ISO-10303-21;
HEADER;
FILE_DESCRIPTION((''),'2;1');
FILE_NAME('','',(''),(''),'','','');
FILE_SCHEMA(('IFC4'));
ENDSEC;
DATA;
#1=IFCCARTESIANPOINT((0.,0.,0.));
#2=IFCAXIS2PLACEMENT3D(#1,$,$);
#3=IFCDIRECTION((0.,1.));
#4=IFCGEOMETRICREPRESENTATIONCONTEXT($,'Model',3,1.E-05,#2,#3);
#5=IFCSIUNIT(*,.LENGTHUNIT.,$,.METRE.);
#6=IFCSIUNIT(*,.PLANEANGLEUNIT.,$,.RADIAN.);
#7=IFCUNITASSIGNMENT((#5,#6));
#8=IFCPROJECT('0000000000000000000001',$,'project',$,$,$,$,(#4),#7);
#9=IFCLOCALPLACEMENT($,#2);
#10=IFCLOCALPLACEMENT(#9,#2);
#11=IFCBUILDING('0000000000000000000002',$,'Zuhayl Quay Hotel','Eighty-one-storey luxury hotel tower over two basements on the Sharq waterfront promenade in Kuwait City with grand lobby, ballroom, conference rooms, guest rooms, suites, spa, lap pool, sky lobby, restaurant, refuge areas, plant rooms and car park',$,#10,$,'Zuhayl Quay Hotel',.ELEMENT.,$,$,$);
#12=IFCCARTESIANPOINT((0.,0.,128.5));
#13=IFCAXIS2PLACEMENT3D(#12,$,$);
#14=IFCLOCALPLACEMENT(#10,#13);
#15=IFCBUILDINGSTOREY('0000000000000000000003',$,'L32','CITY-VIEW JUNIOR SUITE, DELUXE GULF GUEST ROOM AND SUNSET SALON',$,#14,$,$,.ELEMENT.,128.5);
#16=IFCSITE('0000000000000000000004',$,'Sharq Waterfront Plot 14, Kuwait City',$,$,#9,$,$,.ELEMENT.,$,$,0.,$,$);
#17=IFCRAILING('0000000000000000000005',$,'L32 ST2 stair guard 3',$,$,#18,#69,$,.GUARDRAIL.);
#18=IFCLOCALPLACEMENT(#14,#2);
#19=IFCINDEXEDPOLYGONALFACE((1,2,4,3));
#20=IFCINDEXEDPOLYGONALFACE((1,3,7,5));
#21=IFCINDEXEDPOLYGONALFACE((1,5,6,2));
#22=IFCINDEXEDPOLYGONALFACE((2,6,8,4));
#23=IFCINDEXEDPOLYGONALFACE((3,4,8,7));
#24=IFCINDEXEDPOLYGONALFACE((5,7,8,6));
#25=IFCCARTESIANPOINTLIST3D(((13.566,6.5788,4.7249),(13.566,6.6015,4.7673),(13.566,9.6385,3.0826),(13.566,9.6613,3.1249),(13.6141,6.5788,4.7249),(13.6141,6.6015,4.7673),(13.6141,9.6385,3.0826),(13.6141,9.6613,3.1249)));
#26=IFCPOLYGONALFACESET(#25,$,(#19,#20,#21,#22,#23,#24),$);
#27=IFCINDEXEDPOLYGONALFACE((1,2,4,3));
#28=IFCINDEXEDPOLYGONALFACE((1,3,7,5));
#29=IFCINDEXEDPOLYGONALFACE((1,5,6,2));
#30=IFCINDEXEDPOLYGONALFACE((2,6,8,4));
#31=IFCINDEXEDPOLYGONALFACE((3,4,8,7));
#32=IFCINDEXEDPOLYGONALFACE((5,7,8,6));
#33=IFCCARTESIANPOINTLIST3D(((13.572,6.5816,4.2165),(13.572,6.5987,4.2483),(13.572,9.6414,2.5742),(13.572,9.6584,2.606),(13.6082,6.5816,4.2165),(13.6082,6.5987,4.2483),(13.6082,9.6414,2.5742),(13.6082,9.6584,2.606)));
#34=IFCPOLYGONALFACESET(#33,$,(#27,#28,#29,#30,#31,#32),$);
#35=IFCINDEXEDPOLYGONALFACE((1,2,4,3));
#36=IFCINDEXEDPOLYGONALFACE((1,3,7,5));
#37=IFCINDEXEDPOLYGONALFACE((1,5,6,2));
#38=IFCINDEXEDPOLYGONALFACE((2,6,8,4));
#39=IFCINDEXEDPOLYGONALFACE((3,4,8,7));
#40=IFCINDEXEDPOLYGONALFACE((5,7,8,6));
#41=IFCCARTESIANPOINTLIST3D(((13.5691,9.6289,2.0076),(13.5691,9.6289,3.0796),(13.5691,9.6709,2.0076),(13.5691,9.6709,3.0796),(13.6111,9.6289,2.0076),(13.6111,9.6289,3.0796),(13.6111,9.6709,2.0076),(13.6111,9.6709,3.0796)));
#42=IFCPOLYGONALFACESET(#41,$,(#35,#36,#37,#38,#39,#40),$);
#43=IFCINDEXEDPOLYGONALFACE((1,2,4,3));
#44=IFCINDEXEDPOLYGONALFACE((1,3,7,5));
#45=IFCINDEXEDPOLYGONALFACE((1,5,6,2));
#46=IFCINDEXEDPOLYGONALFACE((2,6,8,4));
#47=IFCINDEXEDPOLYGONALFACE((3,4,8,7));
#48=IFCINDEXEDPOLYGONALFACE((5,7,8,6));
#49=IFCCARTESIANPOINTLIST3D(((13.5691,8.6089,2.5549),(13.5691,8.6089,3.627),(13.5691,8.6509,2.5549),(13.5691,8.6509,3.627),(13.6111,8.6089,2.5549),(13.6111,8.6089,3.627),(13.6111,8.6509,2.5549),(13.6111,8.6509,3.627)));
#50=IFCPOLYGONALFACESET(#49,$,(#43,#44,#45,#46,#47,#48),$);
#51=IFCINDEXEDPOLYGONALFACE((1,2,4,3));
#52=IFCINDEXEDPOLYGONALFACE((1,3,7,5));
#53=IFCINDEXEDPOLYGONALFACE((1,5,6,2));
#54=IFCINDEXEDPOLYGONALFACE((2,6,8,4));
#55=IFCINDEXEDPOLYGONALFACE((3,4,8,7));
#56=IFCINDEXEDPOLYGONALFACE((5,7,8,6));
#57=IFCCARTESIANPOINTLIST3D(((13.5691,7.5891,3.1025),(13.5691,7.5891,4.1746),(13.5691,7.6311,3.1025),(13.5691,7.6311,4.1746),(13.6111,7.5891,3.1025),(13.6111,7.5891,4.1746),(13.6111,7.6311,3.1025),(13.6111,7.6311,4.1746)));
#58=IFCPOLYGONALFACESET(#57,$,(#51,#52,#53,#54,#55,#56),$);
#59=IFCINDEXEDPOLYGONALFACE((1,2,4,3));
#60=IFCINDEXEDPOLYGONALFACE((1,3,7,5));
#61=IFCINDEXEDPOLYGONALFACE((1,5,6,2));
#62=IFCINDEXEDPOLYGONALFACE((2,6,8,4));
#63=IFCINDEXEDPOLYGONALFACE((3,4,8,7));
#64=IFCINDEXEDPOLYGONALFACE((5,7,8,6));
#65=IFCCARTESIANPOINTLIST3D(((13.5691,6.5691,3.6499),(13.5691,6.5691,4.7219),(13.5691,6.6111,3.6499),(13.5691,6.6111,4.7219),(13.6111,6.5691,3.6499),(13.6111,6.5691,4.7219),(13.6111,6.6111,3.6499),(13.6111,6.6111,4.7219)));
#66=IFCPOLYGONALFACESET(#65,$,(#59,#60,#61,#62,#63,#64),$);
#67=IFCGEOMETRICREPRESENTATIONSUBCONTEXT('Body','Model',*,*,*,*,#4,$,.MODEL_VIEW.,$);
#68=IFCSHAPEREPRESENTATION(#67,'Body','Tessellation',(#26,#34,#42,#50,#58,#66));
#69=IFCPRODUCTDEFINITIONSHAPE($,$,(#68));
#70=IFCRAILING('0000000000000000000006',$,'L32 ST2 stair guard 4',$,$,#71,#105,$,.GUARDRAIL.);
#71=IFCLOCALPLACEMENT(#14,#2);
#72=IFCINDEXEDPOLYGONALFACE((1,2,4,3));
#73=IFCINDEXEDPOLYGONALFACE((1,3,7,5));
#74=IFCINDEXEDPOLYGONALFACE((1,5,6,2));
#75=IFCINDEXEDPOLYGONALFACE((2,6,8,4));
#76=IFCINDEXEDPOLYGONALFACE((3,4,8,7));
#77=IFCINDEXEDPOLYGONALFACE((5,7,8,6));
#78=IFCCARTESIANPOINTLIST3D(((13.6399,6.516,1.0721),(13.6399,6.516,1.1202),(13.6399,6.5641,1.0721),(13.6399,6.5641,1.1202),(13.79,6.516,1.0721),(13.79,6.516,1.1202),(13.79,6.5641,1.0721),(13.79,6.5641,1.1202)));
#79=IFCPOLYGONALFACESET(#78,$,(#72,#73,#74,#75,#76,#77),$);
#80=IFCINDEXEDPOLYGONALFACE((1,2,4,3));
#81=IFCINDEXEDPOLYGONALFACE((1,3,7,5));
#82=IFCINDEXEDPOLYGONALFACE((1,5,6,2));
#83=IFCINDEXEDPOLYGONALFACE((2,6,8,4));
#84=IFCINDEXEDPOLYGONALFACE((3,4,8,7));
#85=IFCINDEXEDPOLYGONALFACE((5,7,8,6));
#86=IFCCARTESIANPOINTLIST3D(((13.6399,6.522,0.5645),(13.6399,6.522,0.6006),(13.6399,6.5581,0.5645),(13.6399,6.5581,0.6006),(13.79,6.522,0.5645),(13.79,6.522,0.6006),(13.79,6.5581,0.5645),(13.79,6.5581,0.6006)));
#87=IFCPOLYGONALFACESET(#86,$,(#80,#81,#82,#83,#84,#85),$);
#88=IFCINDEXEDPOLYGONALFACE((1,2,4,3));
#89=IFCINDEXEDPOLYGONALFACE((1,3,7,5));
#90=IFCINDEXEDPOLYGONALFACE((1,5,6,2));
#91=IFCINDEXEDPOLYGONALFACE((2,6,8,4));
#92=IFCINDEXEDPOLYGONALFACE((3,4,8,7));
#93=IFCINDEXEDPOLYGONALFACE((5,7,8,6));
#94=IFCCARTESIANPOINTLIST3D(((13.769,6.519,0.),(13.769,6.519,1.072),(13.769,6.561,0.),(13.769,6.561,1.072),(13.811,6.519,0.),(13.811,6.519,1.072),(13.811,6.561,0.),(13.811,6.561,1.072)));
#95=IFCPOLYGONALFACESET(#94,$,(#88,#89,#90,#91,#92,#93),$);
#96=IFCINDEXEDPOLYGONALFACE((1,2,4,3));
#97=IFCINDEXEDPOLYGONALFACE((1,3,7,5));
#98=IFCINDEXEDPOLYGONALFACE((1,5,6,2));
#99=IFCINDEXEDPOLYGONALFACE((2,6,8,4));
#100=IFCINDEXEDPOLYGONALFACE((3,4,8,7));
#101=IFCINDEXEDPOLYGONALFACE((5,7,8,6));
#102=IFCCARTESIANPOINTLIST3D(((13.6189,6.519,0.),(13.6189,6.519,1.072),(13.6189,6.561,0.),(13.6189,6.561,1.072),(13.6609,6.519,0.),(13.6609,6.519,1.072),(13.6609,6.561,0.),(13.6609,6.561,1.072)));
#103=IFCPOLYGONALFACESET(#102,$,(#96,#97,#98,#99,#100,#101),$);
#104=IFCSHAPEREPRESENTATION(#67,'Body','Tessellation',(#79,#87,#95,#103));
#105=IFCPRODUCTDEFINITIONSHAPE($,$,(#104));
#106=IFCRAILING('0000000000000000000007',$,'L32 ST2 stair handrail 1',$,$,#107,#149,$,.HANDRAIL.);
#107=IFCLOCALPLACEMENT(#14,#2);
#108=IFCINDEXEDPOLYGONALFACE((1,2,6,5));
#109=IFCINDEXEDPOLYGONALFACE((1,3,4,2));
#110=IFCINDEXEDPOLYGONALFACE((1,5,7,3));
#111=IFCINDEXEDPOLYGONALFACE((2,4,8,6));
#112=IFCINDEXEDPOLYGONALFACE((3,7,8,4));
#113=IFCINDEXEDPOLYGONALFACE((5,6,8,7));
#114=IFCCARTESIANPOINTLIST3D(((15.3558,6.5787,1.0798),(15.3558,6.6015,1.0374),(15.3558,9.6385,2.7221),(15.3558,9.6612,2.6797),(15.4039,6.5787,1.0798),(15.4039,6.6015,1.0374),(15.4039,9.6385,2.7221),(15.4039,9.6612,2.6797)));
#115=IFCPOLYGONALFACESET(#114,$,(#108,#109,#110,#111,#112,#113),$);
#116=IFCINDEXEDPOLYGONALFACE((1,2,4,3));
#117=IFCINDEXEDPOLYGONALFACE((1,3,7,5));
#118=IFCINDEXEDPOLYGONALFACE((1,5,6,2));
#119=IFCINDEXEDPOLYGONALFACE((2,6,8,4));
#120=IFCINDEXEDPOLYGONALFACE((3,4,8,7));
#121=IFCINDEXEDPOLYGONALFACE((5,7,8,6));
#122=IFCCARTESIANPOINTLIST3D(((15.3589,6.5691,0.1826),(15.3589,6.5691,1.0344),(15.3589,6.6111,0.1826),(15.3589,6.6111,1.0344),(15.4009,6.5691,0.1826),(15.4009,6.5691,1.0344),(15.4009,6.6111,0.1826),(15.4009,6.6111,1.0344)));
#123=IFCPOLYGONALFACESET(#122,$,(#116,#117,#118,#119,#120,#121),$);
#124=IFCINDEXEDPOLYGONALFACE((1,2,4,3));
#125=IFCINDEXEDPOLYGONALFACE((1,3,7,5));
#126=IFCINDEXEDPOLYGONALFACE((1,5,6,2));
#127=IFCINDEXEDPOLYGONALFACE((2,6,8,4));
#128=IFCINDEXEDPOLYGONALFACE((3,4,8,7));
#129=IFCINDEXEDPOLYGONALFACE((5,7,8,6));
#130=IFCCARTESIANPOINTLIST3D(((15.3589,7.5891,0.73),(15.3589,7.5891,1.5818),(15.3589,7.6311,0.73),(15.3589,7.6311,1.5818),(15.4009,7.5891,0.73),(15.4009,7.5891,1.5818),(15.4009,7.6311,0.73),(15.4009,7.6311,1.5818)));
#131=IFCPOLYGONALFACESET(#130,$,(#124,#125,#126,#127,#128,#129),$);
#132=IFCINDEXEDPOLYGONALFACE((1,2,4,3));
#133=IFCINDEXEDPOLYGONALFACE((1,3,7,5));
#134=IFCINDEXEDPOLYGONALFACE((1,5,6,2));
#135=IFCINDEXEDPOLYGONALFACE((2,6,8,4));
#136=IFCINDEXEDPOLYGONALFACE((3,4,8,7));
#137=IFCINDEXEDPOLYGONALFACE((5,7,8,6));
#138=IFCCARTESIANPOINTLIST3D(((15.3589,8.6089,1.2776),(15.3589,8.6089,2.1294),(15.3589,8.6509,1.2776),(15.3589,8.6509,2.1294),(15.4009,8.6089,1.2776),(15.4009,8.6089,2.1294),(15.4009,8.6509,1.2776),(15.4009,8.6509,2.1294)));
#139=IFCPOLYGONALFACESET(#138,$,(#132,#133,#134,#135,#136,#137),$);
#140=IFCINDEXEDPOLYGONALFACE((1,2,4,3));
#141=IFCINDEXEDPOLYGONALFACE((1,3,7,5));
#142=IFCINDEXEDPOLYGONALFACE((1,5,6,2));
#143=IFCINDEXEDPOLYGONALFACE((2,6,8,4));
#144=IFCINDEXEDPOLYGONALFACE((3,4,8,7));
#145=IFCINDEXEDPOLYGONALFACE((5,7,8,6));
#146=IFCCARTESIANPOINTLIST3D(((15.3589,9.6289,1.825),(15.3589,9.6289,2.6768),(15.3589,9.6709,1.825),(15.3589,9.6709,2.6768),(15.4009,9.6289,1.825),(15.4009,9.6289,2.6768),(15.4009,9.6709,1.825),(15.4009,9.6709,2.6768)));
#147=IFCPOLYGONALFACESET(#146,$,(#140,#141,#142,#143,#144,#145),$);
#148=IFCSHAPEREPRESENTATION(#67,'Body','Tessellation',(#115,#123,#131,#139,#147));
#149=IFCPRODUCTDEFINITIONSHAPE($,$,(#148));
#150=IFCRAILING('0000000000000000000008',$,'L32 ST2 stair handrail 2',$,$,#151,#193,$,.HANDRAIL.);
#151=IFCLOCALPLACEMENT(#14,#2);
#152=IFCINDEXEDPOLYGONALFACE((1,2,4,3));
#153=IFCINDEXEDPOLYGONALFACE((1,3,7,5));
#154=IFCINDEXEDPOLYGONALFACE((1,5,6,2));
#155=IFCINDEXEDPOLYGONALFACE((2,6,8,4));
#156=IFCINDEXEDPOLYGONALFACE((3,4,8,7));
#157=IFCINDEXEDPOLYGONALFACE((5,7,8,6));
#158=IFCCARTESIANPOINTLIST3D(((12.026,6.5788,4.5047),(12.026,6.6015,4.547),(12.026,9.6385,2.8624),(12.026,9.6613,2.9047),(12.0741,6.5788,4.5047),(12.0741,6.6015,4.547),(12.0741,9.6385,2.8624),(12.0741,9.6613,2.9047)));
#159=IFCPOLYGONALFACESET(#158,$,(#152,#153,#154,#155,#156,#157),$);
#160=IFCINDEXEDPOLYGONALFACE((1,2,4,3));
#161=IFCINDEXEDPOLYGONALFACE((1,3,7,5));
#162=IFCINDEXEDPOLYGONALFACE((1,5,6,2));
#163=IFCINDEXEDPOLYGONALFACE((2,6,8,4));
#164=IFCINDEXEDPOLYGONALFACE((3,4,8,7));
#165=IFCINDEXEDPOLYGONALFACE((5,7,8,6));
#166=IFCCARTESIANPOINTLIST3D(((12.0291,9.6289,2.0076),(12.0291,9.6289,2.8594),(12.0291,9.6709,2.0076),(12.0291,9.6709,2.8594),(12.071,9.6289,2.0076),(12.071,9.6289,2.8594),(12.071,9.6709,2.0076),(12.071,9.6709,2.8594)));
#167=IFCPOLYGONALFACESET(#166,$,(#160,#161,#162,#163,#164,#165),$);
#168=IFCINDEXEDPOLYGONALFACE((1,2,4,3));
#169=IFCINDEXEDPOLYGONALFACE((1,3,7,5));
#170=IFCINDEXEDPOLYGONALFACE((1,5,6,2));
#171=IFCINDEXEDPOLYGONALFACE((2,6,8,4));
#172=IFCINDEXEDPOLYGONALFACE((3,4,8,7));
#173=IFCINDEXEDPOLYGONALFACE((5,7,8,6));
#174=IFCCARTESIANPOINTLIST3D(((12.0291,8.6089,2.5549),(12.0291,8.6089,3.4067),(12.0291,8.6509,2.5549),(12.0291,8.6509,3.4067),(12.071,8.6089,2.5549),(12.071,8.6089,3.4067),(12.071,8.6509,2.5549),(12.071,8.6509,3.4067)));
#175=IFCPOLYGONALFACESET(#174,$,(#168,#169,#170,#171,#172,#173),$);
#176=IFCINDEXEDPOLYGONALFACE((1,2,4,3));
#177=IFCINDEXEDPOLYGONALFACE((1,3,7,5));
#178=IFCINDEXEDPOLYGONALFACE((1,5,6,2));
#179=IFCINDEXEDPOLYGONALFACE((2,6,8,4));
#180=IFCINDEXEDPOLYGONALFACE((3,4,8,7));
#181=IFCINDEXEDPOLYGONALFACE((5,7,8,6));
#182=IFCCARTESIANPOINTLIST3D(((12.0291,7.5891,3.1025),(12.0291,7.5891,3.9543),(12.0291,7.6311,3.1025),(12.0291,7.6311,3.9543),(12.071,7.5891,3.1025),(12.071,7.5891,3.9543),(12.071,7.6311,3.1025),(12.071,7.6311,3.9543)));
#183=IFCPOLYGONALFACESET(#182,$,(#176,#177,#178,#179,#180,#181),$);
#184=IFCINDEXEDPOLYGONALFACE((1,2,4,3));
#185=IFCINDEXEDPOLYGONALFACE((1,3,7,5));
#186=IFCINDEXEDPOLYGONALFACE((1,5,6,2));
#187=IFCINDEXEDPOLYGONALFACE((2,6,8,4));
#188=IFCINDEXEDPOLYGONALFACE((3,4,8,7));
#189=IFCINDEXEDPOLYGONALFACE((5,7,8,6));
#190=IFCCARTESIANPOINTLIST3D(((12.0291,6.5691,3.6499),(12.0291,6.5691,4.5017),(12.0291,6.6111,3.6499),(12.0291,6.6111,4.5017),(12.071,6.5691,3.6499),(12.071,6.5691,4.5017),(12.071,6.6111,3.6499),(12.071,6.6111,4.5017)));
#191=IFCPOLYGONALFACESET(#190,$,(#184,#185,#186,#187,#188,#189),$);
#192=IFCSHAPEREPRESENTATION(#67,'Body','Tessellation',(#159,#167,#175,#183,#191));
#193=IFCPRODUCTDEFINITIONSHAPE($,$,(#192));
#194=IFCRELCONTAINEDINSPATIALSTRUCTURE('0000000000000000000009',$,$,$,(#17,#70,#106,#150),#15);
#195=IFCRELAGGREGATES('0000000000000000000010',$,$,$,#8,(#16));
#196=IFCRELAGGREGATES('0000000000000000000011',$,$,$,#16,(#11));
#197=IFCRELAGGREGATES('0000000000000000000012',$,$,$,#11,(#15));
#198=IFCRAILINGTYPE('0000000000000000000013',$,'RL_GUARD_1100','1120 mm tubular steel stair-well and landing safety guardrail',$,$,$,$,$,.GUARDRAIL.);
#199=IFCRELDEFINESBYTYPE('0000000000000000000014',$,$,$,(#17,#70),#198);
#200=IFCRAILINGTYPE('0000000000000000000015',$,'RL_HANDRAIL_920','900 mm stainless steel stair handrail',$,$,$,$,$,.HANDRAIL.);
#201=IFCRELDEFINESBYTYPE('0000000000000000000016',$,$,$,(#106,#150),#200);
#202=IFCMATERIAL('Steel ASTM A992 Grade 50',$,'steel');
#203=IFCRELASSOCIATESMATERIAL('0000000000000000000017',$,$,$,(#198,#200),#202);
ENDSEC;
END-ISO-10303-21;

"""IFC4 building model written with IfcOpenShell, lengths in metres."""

from ifc_helpers import new_model, si_unit, direction, frame, origin, origin_2d, place, context, subcontext, project, spatial, rectangle, extrude, material, type_object, element, save


model = new_model("IFC4")

# Units and contexts
model_context = context("Model", 3, precision=1e-05, world=origin(), true_north=direction((0.0, 1.0)))
body_context = subcontext(model_context, "Body", "Model", "MODEL_VIEW")
ifc_project = project(units=[si_unit("LENGTHUNIT", "METRE"), si_unit("PLANEANGLEUNIT", "RADIAN")], contexts=[model_context])

# Site, building, storey
site_placement = place(None, origin())
site = spatial("IfcSite", under=ifc_project, at=site_placement, Name="Sharq Waterfront Plot 14, Kuwait City", CompositionType="ELEMENT", RefElevation=0.0)
building_placement = place(site_placement, origin())
building = spatial("IfcBuilding", under=site, at=building_placement, Name="Zuhayl Quay Hotel", Description="Eighty-one-storey luxury hotel tower over two basements on the Sharq waterfront promenade in Kuwait City with grand lobby, ballroom, conference rooms, guest rooms, suites, spa, lap pool, sky lobby, restaurant, refuge areas, plant rooms and car park", LongName="Zuhayl Quay Hotel", CompositionType="ELEMENT")
storey_placement = place(building_placement, frame((0.0, 0.0, 128.5)))
storey = spatial("IfcBuildingStorey", under=building, at=storey_placement, Name="L32", Description="CITY-VIEW JUNIOR SUITE, DELUXE GULF GUEST ROOM AND SUNSET SALON", CompositionType="ELEMENT", Elevation=128.5)

# Shared definitions
ifc_material_1 = material(Name="Steel ASTM A992 Grade 50", Category="steel")

# Railings
railing_type_1 = type_object("IfcRailingType", Name="RL_GUARD_1100", Description="1120 mm tubular steel stair-well and landing safety guardrail", PredefinedType="GUARDRAIL", material=ifc_material_1)
railing_1_placement = place(storey_placement, frame((13.5901, 9.6499, 2.0076)))
element("IfcRailing", 1, at=railing_1_placement, inside=storey, type_object=railing_type_1, Name="L32 ST2 stair guard 3", PredefinedType="GUARDRAIL", context=body_context, shape_type="SweptSolid", body=[
    extrude(rectangle(XDim=0.0481, YDim=0.0481, at=origin_2d()), frame((0.0, 0.0, 1.0962), z_axis=(0.0, -0.881102, 0.472926), x_axis=(1.0, 0.0, 0.0)), (0.0, 0.0, 1.0), 3.4727),
    extrude(rectangle(XDim=0.0361, YDim=0.0361, at=origin_2d()), frame((0.0, 0.0, 0.5825), z_axis=(0.0, -0.881102, 0.472926), x_axis=(1.0, 0.0, 0.0)), (0.0, 0.0, 1.0), 3.4727),
    extrude(rectangle(XDim=0.042, YDim=0.042, at=origin_2d()), origin(), (0.0, 0.0, 1.0), 1.072),
    extrude(rectangle(XDim=0.042, YDim=0.042, at=origin_2d()), frame((0.0, -1.02, 0.5474)), (0.0, 0.0, 1.0), 1.072),
    extrude(rectangle(XDim=0.042, YDim=0.042, at=origin_2d()), frame((0.0, -2.0398, 1.095)), (0.0, 0.0, 1.0), 1.072),
    extrude(rectangle(XDim=0.042, YDim=0.042, at=origin_2d()), frame((0.0, -3.0598, 1.6423)), (0.0, 0.0, 1.0), 1.072),
])
railing_2_placement = place(storey_placement, frame((13.79, 6.54, 0.0)))
element("IfcRailing", 2, at=railing_2_placement, inside=storey, type_object=railing_type_1, Name="L32 ST2 stair guard 4", PredefinedType="GUARDRAIL", context=body_context, shape_type="SweptSolid", body=[
    extrude(rectangle(XDim=0.0481, YDim=0.0481, at=origin_2d()), frame((0.0, 0.0, 1.0962), z_axis=(-1.0, 0.0, 0.0), x_axis=(0.0, -1.0, 0.0)), (0.0, 0.0, 1.0), 0.1501),
    extrude(rectangle(XDim=0.0361, YDim=0.0361, at=origin_2d()), frame((0.0, 0.0, 0.5825), z_axis=(-1.0, 0.0, 0.0), x_axis=(0.0, -1.0, 0.0)), (0.0, 0.0, 1.0), 0.1501),
    extrude(rectangle(XDim=0.042, YDim=0.042, at=origin_2d()), origin(), (0.0, 0.0, 1.0), 1.072),
    extrude(rectangle(XDim=0.042, YDim=0.042, at=origin_2d()), frame((-0.1501, 0.0, 0.0)), (0.0, 0.0, 1.0), 1.072),
])
railing_type_2 = type_object("IfcRailingType", Name="RL_HANDRAIL_920", Description="900 mm stainless steel stair handrail", PredefinedType="HANDRAIL", material=ifc_material_1)
railing_3_placement = place(storey_placement, frame((15.3799, 6.5901, 0.1826)))
element("IfcRailing", 3, at=railing_3_placement, inside=storey, type_object=railing_type_2, Name="L32 ST2 stair handrail 1", PredefinedType="HANDRAIL", context=body_context, shape_type="SweptSolid", body=[
    extrude(rectangle(XDim=0.0481, YDim=0.0481, at=origin_2d()), frame((0.0, 0.0, 0.876), z_axis=(0.0, 0.881102, 0.472926), x_axis=(-1.0, 0.0, 0.0)), (0.0, 0.0, 1.0), 3.4727),
    extrude(rectangle(XDim=0.042, YDim=0.042, at=origin_2d()), origin(), (0.0, 0.0, 1.0), 0.8518),
    extrude(rectangle(XDim=0.042, YDim=0.042, at=origin_2d()), frame((0.0, 1.02, 0.5474)), (0.0, 0.0, 1.0), 0.8518),
    extrude(rectangle(XDim=0.042, YDim=0.042, at=origin_2d()), frame((0.0, 2.0398, 1.095)), (0.0, 0.0, 1.0), 0.8518),
    extrude(rectangle(XDim=0.042, YDim=0.042, at=origin_2d()), frame((0.0, 3.0598, 1.6423)), (0.0, 0.0, 1.0), 0.8518),
])
railing_4_placement = place(storey_placement, frame((12.05, 9.6499, 2.0076)))
element("IfcRailing", 4, at=railing_4_placement, inside=storey, type_object=railing_type_2, Name="L32 ST2 stair handrail 2", PredefinedType="HANDRAIL", context=body_context, shape_type="SweptSolid", body=[
    extrude(rectangle(XDim=0.0481, YDim=0.0481, at=origin_2d()), frame((0.0, 0.0, 0.876), z_axis=(0.0, -0.881102, 0.472926), x_axis=(1.0, 0.0, 0.0)), (0.0, 0.0, 1.0), 3.4727),
    extrude(rectangle(XDim=0.042, YDim=0.042, at=origin_2d()), origin(), (0.0, 0.0, 1.0), 0.8518),
    extrude(rectangle(XDim=0.042, YDim=0.042, at=origin_2d()), frame((0.0, -1.02, 0.5474)), (0.0, 0.0, 1.0), 0.8518),
    extrude(rectangle(XDim=0.042, YDim=0.042, at=origin_2d()), frame((0.0, -2.0398, 1.095)), (0.0, 0.0, 1.0), 0.8518),
    extrude(rectangle(XDim=0.042, YDim=0.042, at=origin_2d()), frame((0.0, -3.0598, 1.6423)), (0.0, 0.0, 1.0), 0.8518),
])

save(model, "model.ifc")
